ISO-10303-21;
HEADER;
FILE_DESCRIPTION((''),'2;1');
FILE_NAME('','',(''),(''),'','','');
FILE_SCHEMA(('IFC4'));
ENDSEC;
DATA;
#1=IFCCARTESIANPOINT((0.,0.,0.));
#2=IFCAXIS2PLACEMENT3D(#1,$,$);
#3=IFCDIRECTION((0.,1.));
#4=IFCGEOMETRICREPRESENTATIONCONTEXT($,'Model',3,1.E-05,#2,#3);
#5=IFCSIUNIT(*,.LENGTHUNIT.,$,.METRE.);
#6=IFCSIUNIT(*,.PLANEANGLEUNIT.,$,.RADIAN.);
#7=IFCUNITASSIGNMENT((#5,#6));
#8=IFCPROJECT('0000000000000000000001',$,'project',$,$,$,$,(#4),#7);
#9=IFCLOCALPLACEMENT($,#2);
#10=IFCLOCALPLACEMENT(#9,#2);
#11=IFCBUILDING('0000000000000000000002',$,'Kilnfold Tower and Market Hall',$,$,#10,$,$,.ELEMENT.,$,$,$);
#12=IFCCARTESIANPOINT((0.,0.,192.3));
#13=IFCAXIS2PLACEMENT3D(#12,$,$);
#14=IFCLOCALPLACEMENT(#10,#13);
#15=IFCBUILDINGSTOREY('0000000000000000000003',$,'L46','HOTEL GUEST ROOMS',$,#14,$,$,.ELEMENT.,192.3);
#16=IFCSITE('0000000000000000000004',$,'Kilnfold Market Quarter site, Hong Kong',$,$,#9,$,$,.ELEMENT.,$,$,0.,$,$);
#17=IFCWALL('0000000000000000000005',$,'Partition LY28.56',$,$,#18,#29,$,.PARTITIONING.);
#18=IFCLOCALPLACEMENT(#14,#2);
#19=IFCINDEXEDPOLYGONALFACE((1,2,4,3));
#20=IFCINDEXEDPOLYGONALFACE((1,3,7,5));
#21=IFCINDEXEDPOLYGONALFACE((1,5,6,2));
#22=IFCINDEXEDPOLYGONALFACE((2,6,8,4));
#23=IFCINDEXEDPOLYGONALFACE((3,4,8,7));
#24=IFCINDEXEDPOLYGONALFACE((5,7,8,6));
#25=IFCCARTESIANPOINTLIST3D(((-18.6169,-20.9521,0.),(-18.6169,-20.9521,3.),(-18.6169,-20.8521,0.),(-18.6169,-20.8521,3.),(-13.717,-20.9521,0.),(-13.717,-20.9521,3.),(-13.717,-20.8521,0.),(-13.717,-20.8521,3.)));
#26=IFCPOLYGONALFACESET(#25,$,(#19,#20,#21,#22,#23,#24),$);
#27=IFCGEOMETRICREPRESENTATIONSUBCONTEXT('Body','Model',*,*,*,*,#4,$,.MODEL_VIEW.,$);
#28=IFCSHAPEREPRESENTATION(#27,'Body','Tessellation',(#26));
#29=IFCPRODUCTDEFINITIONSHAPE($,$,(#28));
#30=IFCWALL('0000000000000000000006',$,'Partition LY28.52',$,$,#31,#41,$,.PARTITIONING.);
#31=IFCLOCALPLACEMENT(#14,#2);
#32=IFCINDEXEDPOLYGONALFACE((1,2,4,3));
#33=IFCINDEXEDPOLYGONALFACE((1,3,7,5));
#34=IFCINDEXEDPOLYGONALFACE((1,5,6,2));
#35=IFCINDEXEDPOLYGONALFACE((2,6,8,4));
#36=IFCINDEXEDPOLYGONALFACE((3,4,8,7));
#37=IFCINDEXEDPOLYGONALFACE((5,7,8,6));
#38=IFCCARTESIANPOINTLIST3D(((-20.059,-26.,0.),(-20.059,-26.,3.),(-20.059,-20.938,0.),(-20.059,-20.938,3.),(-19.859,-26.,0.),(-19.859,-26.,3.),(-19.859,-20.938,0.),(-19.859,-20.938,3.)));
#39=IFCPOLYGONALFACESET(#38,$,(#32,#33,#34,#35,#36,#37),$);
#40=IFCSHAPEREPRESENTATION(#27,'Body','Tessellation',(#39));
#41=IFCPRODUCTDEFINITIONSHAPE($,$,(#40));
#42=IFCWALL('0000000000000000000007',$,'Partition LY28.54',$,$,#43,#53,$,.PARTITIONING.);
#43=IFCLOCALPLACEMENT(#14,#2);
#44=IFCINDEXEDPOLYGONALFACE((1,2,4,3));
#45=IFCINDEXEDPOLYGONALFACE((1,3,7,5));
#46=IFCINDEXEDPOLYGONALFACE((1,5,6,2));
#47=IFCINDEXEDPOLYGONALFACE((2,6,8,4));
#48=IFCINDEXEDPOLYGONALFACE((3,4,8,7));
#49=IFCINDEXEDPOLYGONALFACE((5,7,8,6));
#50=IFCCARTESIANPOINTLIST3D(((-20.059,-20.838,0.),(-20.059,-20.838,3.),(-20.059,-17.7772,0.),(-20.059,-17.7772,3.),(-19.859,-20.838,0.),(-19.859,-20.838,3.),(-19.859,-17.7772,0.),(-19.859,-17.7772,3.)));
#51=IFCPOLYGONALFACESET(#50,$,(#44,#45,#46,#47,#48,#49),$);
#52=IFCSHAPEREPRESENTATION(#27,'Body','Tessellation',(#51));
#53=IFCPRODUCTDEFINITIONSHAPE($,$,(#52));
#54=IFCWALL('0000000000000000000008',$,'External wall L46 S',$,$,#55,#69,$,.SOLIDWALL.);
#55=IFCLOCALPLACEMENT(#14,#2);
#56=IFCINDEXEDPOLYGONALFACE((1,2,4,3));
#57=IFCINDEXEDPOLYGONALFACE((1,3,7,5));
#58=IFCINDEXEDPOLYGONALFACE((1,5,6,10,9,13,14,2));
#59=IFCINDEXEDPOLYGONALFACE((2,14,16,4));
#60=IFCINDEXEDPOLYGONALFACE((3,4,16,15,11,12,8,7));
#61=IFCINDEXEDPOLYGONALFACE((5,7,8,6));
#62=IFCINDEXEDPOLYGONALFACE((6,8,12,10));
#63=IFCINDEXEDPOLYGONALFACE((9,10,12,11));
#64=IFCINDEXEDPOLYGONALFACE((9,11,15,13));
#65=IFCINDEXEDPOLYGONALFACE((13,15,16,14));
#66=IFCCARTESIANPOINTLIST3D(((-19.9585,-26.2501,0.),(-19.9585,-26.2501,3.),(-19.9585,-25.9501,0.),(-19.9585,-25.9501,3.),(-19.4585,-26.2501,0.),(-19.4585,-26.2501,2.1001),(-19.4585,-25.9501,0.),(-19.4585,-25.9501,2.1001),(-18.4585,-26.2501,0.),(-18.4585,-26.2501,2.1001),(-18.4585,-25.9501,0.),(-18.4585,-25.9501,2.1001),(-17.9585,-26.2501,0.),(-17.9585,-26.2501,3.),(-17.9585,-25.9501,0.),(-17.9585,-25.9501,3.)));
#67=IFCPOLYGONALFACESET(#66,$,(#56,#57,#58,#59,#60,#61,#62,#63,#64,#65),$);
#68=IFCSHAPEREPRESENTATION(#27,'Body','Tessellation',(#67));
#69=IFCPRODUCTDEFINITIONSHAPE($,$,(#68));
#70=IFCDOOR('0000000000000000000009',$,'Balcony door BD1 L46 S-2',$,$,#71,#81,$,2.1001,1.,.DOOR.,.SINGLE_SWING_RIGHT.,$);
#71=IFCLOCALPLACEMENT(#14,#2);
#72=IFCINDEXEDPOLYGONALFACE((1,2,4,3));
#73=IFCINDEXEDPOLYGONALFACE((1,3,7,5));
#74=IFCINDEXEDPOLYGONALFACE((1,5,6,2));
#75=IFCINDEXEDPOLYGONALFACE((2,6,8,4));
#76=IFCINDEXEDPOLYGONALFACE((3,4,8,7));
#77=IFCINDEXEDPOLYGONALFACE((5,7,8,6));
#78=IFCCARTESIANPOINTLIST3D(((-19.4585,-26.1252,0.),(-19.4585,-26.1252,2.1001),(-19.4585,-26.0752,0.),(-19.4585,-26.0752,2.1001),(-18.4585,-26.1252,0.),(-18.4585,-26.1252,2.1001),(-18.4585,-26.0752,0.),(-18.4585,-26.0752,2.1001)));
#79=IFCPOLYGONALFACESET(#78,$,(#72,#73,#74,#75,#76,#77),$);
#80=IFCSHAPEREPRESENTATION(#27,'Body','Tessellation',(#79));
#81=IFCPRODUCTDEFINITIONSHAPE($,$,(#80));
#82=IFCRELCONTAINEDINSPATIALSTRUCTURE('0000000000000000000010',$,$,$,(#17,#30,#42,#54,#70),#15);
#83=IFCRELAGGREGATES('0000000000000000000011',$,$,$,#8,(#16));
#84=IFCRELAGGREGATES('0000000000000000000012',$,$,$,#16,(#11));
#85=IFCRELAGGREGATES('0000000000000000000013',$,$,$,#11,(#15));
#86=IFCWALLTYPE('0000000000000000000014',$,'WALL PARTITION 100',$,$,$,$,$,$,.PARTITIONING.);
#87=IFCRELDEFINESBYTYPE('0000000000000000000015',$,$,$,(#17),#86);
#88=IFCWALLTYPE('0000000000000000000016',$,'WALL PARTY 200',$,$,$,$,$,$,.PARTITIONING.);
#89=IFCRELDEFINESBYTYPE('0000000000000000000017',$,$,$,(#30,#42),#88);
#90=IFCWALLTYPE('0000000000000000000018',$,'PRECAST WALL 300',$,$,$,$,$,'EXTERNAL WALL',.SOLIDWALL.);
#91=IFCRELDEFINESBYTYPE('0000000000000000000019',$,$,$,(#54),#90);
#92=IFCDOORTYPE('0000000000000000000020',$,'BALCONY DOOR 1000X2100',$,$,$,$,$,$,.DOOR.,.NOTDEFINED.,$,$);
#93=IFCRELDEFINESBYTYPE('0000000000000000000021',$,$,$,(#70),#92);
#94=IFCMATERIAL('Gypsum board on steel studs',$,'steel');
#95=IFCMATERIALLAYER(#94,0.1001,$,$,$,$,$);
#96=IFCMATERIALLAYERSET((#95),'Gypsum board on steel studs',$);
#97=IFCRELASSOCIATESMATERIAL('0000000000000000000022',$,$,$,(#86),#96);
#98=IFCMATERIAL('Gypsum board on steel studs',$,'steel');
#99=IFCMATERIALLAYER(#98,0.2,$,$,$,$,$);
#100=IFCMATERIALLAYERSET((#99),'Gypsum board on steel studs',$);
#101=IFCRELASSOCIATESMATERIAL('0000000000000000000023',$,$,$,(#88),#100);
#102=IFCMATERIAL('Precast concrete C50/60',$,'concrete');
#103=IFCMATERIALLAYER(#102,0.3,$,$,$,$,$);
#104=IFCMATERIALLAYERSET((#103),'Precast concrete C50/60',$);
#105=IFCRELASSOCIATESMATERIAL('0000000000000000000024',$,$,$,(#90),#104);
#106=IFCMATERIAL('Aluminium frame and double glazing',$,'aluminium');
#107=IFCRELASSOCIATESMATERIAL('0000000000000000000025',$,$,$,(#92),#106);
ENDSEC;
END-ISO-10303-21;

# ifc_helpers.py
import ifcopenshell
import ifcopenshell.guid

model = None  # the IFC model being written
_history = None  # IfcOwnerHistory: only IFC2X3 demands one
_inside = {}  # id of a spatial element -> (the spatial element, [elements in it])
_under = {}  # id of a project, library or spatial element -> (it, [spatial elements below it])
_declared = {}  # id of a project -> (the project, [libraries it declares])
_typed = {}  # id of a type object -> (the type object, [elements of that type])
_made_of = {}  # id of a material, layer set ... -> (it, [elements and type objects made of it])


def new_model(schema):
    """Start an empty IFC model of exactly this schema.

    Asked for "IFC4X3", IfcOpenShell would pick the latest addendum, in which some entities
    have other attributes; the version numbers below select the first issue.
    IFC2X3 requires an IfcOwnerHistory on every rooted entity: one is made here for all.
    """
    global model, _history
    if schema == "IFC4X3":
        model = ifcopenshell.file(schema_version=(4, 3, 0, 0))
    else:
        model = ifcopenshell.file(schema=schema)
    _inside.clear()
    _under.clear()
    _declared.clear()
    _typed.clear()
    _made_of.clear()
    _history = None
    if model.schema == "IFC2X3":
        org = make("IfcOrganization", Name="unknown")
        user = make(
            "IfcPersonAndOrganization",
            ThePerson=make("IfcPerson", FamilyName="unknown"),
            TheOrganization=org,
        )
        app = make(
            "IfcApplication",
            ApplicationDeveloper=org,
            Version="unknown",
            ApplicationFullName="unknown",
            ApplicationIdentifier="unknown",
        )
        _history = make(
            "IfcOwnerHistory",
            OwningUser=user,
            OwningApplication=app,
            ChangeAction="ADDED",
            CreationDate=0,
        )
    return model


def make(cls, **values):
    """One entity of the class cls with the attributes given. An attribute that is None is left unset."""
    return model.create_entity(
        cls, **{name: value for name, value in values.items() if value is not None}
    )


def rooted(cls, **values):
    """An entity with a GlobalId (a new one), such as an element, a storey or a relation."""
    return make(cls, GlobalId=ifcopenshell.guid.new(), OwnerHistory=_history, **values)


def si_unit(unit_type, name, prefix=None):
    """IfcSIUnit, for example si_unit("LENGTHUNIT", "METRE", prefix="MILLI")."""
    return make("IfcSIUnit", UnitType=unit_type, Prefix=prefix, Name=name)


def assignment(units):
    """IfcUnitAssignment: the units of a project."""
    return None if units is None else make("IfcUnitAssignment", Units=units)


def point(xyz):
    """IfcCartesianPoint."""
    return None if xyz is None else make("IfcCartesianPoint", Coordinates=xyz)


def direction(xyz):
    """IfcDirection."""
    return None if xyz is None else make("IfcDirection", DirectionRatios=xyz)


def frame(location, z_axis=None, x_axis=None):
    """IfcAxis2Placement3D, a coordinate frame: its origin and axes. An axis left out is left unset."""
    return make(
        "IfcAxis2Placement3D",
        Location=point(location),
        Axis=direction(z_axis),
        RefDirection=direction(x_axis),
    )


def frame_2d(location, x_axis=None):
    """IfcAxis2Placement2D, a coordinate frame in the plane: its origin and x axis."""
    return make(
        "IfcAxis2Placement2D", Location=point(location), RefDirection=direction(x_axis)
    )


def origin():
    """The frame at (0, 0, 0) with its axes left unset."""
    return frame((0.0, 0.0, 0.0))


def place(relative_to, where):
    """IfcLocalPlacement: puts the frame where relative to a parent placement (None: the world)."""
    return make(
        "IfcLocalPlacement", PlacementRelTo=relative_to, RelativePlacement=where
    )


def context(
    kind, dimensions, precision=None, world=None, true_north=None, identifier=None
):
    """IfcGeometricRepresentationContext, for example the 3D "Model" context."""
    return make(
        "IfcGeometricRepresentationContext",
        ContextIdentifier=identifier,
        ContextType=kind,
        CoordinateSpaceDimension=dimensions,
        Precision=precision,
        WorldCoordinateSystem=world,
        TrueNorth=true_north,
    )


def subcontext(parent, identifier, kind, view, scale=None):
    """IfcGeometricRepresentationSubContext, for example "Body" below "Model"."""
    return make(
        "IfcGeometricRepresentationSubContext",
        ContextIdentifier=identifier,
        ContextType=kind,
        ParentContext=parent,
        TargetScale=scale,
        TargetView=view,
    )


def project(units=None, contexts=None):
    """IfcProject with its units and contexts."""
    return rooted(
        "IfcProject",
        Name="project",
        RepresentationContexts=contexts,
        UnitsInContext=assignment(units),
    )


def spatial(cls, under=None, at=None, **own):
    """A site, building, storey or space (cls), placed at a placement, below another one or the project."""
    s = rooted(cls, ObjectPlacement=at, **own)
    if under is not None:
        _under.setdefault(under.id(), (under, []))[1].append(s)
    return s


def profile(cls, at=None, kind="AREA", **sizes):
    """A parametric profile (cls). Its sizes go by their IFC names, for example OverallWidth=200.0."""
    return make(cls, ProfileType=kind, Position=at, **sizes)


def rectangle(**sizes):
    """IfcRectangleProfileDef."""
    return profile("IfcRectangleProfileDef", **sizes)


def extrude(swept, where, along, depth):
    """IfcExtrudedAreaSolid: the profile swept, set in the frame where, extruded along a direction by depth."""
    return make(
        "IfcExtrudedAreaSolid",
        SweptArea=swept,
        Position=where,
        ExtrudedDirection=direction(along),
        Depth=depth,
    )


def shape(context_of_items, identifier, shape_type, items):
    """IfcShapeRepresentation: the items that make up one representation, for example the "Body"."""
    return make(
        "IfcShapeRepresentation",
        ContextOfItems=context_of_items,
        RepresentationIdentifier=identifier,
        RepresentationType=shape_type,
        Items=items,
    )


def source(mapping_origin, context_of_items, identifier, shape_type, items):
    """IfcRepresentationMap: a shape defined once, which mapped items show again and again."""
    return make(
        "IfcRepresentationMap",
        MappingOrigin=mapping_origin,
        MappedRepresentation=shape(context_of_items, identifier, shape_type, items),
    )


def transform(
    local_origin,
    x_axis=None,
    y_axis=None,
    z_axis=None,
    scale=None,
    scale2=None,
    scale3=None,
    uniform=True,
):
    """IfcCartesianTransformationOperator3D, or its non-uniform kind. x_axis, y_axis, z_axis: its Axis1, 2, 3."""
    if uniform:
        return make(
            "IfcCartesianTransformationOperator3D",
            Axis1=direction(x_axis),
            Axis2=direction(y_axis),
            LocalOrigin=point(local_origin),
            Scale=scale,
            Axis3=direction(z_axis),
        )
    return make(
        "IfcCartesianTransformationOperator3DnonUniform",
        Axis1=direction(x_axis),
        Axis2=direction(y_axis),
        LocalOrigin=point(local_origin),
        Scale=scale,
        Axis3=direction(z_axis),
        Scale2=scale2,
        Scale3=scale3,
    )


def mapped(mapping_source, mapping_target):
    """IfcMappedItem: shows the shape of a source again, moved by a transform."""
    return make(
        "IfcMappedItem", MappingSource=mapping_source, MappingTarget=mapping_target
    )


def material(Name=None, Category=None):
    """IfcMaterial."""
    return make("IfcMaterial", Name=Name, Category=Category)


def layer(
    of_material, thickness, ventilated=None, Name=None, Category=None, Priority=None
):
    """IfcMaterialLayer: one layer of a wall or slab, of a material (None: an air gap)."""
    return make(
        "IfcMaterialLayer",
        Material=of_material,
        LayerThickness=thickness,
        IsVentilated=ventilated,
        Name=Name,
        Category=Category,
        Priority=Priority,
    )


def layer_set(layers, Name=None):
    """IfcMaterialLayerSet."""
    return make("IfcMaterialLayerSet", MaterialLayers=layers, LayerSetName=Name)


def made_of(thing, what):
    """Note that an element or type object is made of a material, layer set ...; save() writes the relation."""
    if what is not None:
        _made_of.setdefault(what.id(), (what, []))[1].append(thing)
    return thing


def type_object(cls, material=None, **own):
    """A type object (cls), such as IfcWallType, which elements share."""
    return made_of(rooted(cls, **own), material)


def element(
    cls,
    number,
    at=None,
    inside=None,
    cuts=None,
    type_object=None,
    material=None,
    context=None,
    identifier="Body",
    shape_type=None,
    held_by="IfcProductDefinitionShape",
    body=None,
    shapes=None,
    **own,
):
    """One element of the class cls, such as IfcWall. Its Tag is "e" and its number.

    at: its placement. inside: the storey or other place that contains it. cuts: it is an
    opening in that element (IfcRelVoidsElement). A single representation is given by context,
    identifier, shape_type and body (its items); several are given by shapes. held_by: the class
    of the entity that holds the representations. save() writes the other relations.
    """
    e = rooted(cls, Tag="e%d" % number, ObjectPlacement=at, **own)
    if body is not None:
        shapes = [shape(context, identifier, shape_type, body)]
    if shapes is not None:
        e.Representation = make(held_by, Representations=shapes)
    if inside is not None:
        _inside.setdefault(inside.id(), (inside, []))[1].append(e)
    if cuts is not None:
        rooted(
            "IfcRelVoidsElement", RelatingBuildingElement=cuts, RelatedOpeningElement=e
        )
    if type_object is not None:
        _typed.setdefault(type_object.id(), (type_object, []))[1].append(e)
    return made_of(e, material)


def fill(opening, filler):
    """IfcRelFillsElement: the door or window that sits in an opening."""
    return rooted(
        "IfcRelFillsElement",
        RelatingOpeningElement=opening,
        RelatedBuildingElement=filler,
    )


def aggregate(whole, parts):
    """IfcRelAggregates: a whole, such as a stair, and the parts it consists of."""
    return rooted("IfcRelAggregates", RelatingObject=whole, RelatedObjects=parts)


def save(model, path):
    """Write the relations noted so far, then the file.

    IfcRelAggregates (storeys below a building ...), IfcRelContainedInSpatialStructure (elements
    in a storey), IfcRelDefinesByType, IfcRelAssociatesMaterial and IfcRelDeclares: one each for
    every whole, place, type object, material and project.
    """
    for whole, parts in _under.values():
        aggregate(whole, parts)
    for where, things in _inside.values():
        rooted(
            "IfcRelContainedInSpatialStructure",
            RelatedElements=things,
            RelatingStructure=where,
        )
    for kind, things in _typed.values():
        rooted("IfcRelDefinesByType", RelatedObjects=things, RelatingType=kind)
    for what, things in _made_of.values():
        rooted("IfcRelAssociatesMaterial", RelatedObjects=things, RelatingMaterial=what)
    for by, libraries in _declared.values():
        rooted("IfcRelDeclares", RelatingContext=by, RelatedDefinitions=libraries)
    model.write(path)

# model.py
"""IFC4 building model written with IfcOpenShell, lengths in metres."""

from ifc_helpers import new_model, si_unit, direction, frame, frame_2d, origin, place, context, subcontext, project, spatial, rectangle, extrude, source, transform, mapped, material, layer, layer_set, type_object, element, fill, save


model = new_model("IFC4")

# Units and contexts
model_context = context("Model", 3, precision=1e-05, world=origin(), true_north=direction((0.0, 1.0)))
body_context = subcontext(model_context, "Body", "Model", "MODEL_VIEW")
ifc_project = project(units=[si_unit("LENGTHUNIT", "METRE"), si_unit("PLANEANGLEUNIT", "RADIAN")], contexts=[model_context])

# Site, building, storey
site_placement = place(None, origin())
site = spatial("IfcSite", under=ifc_project, at=site_placement, Name="Kilnfold Market Quarter site, Hong Kong", CompositionType="ELEMENT", RefElevation=0.0)
building_placement = place(site_placement, origin())
building = spatial("IfcBuilding", under=site, at=building_placement, Name="Kilnfold Tower and Market Hall", CompositionType="ELEMENT")
storey_placement = place(building_placement, frame((0.0, 0.0, 192.3)))
storey = spatial("IfcBuildingStorey", under=building, at=storey_placement, Name="L46", Description="HOTEL GUEST ROOMS", CompositionType="ELEMENT", Elevation=192.3)

# Shared definitions
ifc_material_1 = material(Name="Gypsum board on steel studs", Category="steel")
ifc_layer_1 = layer(ifc_material_1, 0.1001)
ifc_layer_set_1 = layer_set([ifc_layer_1], Name="Gypsum board on steel studs")
wall_type_1 = type_object("IfcWallType", Name="WALL PARTITION 100", PredefinedType="PARTITIONING", material=ifc_layer_set_1)

# Walls
wall_1_placement = place(storey_placement, frame((-18.6169, -20.9021, 0.0), z_axis=(0.0, 0.0, 1.0), x_axis=(1.0, 0.0, 0.0)))
element("IfcWall", 1, at=wall_1_placement, inside=storey, type_object=wall_type_1, Name="Partition LY28.56", PredefinedType="PARTITIONING", context=body_context, shape_type="SweptSolid", body=[
    extrude(rectangle(XDim=4.8999, YDim=0.1001, at=frame_2d((2.45, 0.0))), origin(), (0.0, 0.0, 1.0), 3.0),
])
ifc_material_2 = material(Name="Gypsum board on steel studs", Category="steel")
ifc_layer_2 = layer(ifc_material_2, 0.2)
ifc_layer_set_2 = layer_set([ifc_layer_2], Name="Gypsum board on steel studs")
wall_type_2 = type_object("IfcWallType", Name="WALL PARTY 200", PredefinedType="PARTITIONING", material=ifc_layer_set_2)
wall_2_placement = place(storey_placement, frame((-19.959, -26.0, 0.0), z_axis=(0.0, 0.0, 1.0), x_axis=(0.0, 1.0, 0.0)))
element("IfcWall", 2, at=wall_2_placement, inside=storey, type_object=wall_type_2, Name="Partition LY28.52", PredefinedType="PARTITIONING", context=body_context, shape_type="SweptSolid", body=[
    extrude(rectangle(XDim=5.062, YDim=0.2, at=frame_2d((2.531, 0.0))), origin(), (0.0, 0.0, 1.0), 3.0),
])
wall_3_placement = place(storey_placement, frame((-19.959, -20.8379, 0.0), z_axis=(0.0, 0.0, 1.0), x_axis=(0.0, 1.0, 0.0)))
element("IfcWall", 3, at=wall_3_placement, inside=storey, type_object=wall_type_2, Name="Partition LY28.54", PredefinedType="PARTITIONING", context=body_context, shape_type="SweptSolid", body=[
    extrude(rectangle(XDim=3.0608, YDim=0.2, at=frame_2d((1.5303, 0.0))), origin(), (0.0, 0.0, 1.0), 3.0),
])

# Wall, opening, door
ifc_material_3 = material(Name="Precast concrete C50/60", Category="concrete")
ifc_layer_3 = layer(ifc_material_3, 0.3)
ifc_layer_set_3 = layer_set([ifc_layer_3], Name="Precast concrete C50/60")
wall_type_3 = type_object("IfcWallType", Name="PRECAST WALL 300", ElementType="EXTERNAL WALL", PredefinedType="SOLIDWALL", material=ifc_layer_set_3)
shared_shape_1 = source(origin(), body_context, "Body", "SweptSolid", [
    extrude(rectangle(XDim=2.0, YDim=0.3, at=frame_2d((1.0, 0.0))), origin(), (0.0, 0.0, 1.0), 3.0),
])
wall_4_placement = place(storey_placement, frame((-19.9585, -26.1001, 0.0), z_axis=(0.0, 0.0, 1.0), x_axis=(1.0, 0.0, 0.0)))
wall_4 = element("IfcWall", 4, at=wall_4_placement, inside=storey, type_object=wall_type_3, Name="External wall L46 S", PredefinedType="SOLIDWALL", context=body_context, shape_type="MappedRepresentation", body=[
    mapped(shared_shape_1, transform((0.0, 0.0, 0.0))),
])
opening_1_placement = place(wall_4_placement, frame((0.5, 0.0, 0.0)))
opening_1 = element("IfcOpeningElement", 5, at=opening_1_placement, cuts=wall_4, PredefinedType="OPENING", context=body_context, shape_type="SweptSolid", body=[
    extrude(rectangle(XDim=1.0, YDim=2.1001, at=frame_2d((0.5, 1.05))), frame((0.0, 0.1602, 0.0), z_axis=(0.0, -1.0, 0.0), x_axis=(1.0, 0.0, 0.0)), (0.0, 0.0, 1.0), 0.3201),
])
ifc_material_4 = material(Name="Aluminium frame and double glazing", Category="aluminium")
door_type_1 = type_object("IfcDoorType", Name="BALCONY DOOR 1000X2100", OperationType="NOTDEFINED", PredefinedType="DOOR", material=ifc_material_4)
door_1_placement = place(opening_1_placement, origin())
door_1 = element("IfcDoor", 6, at=door_1_placement, inside=storey, type_object=door_type_1, Name="Balcony door BD1 L46 S-2", OperationType="SINGLE_SWING_RIGHT", OverallHeight=2.1001, OverallWidth=1.0, PredefinedType="DOOR", context=body_context, shape_type="SweptSolid", body=[
    extrude(rectangle(XDim=1.0, YDim=2.1001, at=frame_2d((0.5, 1.05))), frame((0.0, 0.0249, 0.0), z_axis=(0.0, -1.0, 0.0), x_axis=(1.0, 0.0, 0.0)), (0.0, 0.0, 1.0), 0.05),
])
fill(opening_1, door_1)

save(model, "model.ifc")
